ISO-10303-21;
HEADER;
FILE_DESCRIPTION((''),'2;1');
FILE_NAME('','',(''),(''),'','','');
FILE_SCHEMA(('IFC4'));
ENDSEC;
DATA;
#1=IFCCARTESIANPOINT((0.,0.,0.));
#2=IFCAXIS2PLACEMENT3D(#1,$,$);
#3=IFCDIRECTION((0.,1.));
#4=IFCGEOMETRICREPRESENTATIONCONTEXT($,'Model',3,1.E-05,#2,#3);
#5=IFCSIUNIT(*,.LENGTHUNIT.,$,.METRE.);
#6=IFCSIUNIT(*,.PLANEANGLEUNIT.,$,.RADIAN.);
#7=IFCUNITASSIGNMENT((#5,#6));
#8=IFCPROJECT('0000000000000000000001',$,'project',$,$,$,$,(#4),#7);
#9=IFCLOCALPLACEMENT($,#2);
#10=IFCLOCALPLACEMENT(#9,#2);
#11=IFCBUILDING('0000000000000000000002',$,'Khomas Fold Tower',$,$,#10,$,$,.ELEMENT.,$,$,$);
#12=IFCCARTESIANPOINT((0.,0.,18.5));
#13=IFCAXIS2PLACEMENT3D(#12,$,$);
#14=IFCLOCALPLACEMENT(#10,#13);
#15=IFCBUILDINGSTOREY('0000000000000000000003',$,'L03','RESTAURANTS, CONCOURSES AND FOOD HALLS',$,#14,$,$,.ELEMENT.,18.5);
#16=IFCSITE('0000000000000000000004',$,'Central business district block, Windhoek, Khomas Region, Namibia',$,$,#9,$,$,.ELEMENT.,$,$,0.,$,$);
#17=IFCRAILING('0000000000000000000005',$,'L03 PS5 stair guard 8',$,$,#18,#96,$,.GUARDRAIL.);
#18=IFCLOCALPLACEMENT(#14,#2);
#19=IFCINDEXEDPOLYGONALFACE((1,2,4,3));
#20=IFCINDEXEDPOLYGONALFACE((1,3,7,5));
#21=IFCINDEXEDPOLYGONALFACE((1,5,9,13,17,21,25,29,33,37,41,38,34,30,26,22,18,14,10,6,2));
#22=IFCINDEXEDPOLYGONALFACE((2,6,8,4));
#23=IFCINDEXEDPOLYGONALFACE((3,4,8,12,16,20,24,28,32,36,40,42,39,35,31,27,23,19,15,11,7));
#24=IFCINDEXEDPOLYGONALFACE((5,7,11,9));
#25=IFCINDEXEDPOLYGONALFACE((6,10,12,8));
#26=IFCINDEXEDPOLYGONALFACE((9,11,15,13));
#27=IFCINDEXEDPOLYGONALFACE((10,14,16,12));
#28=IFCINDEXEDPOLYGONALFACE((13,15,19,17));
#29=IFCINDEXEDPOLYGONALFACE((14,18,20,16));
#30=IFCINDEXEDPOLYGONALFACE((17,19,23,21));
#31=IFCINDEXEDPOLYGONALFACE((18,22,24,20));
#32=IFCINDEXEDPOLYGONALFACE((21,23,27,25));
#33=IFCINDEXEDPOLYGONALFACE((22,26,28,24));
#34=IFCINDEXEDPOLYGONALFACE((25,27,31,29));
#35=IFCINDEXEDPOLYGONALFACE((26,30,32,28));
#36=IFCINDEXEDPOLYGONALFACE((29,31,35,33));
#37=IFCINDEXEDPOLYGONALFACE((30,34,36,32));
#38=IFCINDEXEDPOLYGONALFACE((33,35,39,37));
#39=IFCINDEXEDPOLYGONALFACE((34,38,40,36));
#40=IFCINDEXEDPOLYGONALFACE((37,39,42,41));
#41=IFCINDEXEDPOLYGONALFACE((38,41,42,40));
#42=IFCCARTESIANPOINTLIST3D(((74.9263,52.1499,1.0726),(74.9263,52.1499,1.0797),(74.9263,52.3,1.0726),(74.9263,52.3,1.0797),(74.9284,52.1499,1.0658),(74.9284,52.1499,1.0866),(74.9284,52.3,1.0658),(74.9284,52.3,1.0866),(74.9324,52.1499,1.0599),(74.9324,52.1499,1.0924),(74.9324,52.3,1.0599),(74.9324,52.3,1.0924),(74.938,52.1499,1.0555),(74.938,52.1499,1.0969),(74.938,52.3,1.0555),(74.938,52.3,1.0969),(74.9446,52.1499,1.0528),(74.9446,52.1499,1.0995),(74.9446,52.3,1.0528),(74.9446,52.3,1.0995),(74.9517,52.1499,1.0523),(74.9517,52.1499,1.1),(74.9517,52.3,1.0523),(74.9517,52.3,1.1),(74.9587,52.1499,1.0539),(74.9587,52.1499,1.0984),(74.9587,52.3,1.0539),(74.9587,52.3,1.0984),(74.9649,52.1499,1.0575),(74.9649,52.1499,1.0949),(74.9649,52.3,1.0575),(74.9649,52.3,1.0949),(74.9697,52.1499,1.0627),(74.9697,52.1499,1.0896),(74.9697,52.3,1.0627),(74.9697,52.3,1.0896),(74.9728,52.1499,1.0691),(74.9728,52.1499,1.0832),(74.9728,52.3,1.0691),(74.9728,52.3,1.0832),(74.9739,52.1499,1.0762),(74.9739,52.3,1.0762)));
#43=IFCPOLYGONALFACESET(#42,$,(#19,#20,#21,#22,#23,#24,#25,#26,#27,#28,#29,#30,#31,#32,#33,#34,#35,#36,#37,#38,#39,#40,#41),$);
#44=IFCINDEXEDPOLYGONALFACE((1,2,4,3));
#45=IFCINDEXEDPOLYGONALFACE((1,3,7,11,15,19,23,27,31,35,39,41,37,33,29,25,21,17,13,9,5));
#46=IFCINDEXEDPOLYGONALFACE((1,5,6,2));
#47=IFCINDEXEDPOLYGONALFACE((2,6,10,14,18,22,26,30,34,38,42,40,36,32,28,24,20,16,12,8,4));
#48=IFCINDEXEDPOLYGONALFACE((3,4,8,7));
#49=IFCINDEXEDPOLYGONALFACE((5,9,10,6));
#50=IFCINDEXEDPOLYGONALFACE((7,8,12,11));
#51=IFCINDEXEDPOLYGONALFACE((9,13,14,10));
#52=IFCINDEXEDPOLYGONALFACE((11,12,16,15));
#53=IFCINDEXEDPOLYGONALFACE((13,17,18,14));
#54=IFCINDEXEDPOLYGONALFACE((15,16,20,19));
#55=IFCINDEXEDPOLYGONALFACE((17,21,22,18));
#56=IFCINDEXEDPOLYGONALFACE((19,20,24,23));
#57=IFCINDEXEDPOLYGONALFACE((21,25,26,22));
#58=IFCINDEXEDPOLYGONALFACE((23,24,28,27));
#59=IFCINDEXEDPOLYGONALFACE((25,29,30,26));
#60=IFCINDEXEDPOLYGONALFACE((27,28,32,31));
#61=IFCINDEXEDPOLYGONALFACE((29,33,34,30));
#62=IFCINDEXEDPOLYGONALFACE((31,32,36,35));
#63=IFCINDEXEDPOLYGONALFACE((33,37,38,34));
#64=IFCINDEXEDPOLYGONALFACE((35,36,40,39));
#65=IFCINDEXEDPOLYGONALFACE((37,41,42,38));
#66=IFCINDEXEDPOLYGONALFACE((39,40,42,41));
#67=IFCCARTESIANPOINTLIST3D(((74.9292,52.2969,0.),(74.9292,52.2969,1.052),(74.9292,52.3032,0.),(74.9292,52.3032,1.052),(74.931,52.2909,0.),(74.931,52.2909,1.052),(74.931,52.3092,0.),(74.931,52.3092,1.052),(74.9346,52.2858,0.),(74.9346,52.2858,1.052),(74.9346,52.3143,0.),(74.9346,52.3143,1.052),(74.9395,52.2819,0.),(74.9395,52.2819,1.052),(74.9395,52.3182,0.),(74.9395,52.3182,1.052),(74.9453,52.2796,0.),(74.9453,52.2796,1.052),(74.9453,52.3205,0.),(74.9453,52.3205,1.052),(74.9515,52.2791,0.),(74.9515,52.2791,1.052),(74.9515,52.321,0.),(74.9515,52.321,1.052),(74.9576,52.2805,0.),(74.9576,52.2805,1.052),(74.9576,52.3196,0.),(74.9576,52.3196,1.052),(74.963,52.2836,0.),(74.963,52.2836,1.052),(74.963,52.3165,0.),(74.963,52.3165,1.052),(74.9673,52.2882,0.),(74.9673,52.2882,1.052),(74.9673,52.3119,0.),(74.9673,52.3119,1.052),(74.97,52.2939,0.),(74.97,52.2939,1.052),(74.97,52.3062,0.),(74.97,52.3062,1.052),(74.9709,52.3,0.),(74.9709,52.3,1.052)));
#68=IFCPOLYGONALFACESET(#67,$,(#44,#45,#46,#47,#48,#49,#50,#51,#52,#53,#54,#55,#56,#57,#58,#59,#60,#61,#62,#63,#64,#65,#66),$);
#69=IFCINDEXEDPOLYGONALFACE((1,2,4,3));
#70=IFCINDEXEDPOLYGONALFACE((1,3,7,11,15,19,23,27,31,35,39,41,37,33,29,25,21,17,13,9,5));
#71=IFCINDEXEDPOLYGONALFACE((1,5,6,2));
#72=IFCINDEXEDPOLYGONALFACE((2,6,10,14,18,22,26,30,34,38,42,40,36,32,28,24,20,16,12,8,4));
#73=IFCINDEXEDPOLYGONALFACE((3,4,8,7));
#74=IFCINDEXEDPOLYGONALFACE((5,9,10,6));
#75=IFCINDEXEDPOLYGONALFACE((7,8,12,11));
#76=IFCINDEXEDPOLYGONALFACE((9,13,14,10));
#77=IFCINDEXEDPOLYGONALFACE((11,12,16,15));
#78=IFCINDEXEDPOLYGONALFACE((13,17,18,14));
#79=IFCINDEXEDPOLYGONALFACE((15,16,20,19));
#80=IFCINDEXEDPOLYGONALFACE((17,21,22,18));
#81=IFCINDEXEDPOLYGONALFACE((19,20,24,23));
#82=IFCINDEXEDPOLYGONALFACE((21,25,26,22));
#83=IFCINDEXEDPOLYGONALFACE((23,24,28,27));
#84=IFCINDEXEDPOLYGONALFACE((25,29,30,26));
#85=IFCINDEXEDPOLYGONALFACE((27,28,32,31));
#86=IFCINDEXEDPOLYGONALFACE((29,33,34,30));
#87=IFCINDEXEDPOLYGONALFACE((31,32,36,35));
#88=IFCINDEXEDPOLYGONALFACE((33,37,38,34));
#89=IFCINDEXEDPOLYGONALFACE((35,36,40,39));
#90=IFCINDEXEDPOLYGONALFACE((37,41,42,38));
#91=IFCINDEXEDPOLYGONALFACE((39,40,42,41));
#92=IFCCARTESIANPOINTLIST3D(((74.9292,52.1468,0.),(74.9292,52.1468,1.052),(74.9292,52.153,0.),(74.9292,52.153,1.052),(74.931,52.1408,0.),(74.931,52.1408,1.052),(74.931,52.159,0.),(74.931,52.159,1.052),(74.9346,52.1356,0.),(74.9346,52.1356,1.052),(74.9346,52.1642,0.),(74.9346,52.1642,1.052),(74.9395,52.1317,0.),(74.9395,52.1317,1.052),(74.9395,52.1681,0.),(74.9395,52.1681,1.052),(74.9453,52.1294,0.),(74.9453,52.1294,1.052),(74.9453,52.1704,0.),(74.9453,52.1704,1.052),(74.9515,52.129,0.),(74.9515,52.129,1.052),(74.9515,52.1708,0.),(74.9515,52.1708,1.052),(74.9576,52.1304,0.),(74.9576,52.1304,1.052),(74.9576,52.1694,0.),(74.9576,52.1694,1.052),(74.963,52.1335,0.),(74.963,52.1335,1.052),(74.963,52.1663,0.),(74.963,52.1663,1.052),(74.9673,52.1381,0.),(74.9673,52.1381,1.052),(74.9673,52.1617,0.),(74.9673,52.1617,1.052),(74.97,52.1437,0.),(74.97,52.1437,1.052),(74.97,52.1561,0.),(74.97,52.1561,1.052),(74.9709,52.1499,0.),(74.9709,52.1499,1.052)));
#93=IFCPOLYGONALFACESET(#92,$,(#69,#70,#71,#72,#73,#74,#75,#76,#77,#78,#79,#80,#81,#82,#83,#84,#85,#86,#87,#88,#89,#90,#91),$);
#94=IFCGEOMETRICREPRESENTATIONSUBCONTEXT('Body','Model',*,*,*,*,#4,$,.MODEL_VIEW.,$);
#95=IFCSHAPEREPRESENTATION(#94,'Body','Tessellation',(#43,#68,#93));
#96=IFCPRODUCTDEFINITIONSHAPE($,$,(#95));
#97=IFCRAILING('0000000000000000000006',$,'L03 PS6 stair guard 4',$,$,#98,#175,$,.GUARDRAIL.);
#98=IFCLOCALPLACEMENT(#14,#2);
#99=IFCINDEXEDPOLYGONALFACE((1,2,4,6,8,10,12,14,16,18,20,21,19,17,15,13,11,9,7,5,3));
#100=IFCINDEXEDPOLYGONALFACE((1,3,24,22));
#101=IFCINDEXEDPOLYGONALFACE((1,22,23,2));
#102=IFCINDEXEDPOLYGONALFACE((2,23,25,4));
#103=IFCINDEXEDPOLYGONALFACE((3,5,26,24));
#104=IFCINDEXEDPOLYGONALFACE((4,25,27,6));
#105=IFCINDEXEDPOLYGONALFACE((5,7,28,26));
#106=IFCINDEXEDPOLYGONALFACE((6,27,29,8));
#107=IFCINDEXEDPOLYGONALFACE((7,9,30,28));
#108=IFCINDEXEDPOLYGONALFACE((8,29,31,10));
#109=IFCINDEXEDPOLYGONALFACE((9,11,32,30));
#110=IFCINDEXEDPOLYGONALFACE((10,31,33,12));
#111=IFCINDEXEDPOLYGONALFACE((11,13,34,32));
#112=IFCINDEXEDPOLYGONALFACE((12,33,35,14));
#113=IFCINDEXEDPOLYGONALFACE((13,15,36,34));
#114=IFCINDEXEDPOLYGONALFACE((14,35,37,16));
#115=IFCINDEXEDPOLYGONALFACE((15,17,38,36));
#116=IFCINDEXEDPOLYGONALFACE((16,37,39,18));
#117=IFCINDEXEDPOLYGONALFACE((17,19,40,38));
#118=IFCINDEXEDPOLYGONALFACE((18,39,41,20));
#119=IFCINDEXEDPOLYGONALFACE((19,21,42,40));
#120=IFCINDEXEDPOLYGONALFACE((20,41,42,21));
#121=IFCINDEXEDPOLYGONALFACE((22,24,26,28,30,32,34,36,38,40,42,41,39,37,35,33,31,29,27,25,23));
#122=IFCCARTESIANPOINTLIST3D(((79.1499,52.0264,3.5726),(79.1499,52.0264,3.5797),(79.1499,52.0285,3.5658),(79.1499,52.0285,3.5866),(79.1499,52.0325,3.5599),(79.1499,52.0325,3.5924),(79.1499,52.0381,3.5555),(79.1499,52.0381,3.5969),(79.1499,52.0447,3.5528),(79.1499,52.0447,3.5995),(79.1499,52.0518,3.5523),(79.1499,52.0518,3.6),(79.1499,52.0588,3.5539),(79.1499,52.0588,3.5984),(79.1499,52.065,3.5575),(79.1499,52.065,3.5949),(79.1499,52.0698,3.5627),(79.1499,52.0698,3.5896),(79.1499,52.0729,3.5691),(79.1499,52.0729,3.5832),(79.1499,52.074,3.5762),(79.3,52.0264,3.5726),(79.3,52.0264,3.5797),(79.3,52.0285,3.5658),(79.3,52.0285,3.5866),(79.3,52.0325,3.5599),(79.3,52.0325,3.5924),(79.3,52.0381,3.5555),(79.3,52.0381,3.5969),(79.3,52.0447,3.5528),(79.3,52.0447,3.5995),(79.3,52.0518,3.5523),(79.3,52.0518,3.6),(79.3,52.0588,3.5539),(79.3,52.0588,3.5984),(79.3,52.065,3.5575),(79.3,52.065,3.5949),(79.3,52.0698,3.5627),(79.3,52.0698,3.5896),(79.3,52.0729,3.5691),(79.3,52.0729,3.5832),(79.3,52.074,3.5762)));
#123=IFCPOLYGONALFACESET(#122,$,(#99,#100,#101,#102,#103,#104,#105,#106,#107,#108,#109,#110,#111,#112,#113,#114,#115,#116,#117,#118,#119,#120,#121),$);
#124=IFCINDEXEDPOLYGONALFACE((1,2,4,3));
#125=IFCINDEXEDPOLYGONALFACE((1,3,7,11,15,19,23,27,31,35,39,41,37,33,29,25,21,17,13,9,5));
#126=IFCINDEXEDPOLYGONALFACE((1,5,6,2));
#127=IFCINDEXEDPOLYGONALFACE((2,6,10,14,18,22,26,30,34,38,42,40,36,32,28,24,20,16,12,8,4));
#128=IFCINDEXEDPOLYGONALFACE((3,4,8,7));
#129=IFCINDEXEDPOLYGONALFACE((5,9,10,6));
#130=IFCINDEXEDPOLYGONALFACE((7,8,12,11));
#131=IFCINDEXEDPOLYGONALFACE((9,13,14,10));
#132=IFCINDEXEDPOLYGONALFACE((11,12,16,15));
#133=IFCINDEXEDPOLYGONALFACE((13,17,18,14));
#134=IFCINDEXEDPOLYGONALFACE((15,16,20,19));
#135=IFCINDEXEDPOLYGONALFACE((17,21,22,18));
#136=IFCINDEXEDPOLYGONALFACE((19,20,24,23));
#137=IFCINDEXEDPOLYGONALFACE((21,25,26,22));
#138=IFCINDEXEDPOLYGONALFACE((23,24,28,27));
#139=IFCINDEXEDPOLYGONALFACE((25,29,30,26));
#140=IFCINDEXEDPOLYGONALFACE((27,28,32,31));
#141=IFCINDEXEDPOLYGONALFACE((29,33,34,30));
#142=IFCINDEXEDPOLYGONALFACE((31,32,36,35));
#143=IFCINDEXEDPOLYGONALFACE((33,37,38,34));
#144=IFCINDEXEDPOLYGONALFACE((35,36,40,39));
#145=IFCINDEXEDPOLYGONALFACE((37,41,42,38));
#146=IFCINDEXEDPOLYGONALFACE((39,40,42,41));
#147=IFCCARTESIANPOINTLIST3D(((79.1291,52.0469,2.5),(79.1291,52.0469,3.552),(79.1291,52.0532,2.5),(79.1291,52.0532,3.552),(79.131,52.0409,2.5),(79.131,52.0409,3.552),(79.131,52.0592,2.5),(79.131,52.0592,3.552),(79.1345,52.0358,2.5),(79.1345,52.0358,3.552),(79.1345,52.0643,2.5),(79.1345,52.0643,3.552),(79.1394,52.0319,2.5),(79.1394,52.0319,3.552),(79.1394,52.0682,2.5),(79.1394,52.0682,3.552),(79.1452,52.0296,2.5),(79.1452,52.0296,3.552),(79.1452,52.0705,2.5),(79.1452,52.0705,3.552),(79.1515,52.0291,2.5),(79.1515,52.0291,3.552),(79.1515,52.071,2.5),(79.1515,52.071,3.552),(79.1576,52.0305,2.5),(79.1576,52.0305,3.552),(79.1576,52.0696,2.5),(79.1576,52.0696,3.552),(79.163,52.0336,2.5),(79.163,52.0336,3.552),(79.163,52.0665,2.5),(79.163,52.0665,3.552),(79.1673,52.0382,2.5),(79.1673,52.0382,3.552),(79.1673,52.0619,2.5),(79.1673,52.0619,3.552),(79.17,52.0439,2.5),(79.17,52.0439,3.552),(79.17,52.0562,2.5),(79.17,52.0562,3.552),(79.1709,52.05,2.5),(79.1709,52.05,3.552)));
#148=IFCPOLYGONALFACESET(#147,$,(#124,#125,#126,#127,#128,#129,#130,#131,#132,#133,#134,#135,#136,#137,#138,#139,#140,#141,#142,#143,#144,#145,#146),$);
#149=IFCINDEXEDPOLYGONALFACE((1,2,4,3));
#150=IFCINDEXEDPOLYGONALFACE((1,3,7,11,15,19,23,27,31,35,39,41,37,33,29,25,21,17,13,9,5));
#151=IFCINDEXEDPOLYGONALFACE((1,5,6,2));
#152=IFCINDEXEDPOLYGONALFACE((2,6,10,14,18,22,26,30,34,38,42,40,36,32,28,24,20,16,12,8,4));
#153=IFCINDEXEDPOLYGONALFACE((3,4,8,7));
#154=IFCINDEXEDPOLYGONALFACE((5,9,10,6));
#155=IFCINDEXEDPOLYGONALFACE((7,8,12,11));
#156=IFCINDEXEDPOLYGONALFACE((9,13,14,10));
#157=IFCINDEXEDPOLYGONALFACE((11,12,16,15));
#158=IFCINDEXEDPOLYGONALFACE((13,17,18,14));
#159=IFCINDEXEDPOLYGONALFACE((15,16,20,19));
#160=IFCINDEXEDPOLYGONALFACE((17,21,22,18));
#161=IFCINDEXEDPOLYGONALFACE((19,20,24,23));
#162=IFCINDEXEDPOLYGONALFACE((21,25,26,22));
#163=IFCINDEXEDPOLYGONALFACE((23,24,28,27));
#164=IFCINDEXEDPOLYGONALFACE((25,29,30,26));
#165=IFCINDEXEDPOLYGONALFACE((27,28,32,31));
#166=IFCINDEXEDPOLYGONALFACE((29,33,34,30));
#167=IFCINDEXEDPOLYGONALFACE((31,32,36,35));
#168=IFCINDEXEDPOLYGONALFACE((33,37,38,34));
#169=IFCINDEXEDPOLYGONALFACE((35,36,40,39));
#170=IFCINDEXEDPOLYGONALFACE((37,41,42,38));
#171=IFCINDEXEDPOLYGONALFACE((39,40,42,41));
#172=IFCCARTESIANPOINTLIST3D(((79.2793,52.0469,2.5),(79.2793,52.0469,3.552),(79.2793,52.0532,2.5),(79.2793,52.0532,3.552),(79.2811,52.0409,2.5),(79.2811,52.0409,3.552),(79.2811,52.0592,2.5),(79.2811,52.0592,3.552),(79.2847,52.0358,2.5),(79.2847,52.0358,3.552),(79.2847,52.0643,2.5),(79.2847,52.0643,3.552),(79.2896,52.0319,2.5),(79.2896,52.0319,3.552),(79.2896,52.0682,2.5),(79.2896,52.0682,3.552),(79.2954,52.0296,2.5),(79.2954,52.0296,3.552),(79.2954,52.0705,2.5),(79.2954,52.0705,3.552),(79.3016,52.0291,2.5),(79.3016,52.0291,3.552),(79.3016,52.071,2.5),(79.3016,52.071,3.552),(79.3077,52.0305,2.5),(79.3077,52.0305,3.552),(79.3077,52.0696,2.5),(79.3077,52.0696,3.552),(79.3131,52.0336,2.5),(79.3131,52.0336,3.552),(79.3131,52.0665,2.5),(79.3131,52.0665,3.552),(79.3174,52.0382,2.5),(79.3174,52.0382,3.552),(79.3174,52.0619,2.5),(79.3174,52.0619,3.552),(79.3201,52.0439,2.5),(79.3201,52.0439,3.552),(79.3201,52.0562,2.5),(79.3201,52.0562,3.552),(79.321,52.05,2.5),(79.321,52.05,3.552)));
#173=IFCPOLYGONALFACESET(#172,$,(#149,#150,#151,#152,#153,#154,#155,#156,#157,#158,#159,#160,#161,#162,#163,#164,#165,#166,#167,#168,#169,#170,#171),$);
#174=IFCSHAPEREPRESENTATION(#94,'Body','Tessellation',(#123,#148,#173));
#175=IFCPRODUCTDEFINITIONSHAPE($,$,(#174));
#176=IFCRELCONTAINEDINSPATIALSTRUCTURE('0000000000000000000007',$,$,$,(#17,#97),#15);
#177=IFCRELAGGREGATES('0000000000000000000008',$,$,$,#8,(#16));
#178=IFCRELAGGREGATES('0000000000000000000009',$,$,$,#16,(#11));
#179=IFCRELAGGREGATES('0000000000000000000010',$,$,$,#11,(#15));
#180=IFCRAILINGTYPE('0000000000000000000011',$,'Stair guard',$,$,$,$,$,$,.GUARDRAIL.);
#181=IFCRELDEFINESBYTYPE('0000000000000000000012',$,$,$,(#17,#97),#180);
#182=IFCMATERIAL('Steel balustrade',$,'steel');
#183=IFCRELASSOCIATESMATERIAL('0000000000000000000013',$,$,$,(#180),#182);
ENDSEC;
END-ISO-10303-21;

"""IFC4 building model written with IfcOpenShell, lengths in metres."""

from ifc_helpers import new_model, si_unit, direction, frame, origin, origin_2d, place, context, subcontext, project, spatial, circle, extrude, source, transform, mapped, material, type_object, element, save


model = new_model("IFC4")

# Units and contexts
model_context = context("Model", 3, precision=1e-05, world=origin(), true_north=direction((0.0, 1.0)))
body_context = subcontext(model_context, "Body", "Model", "MODEL_VIEW")
ifc_project = project(units=[si_unit("LENGTHUNIT", "METRE"), si_unit("PLANEANGLEUNIT", "RADIAN")], contexts=[model_context])

# Site, building, storey
site_placement = place(None, origin())
site = spatial("IfcSite", under=ifc_project, at=site_placement, Name="Central business district block, Windhoek, Khomas Region, Namibia", CompositionType="ELEMENT", RefElevation=0.0)
building_placement = place(site_placement, origin())
building = spatial("IfcBuilding", under=site, at=building_placement, Name="Khomas Fold Tower", CompositionType="ELEMENT")
storey_placement = place(building_placement, frame((0.0, 0.0, 18.5)))
storey = spatial("IfcBuildingStorey", under=building, at=storey_placement, Name="L03", Description="RESTAURANTS, CONCOURSES AND FOOD HALLS", CompositionType="ELEMENT", Elevation=18.5)

# Railings
ifc_material_1 = material(Name="Steel balustrade", Category="steel")
railing_type_1 = type_object("IfcRailingType", Name="Stair guard", PredefinedType="GUARDRAIL", material=ifc_material_1)
shared_shape_1 = source(origin(), body_context, "Body", "SweptSolid", [
    extrude(circle(Radius=0.0239, at=origin_2d()), frame((0.0, 0.0, 1.0762), z_axis=(0.0, -1.0, 0.0), x_axis=(1.0, 0.0, 0.0)), (0.0, 0.0, 1.0), 0.1501),
    extrude(circle(Radius=0.021, at=origin_2d()), origin(), (0.0, 0.0, 1.0), 1.052),
    extrude(circle(Radius=0.021, at=origin_2d()), frame((0.0, -0.1501, 0.0)), (0.0, 0.0, 1.0), 1.052),
])
for number, where, name in (
    (1, (74.95, 52.3, 0.0), "L03 PS5 stair guard 8"),
):
    element("IfcRailing", number, at=place(storey_placement, frame(where)), inside=storey, type_object=railing_type_1, Name=name, PredefinedType="GUARDRAIL", context=body_context, shape_type="MappedRepresentation", body=[
        mapped(shared_shape_1, transform((0.0, 0.0, 0.0))),
    ])
shared_shape_2 = source(origin(), body_context, "Body", "SweptSolid", [
    extrude(circle(Radius=0.0239, at=origin_2d()), frame((0.0, 0.0, 1.0762), z_axis=(1.0, 0.0, 0.0), x_axis=(0.0, 1.0, 0.0)), (0.0, 0.0, 1.0), 0.1501),
    extrude(circle(Radius=0.021, at=origin_2d()), origin(), (0.0, 0.0, 1.0), 1.052),
    extrude(circle(Radius=0.021, at=origin_2d()), frame((0.1501, 0.0, 0.0)), (0.0, 0.0, 1.0), 1.052),
])
for number, where, name in (
    (2, (79.1499, 52.05, 2.5), "L03 PS6 stair guard 4"),
):
    element("IfcRailing", number, at=place(storey_placement, frame(where)), inside=storey, type_object=railing_type_1, Name=name, PredefinedType="GUARDRAIL", context=body_context, shape_type="MappedRepresentation", body=[
        mapped(shared_shape_2, transform((0.0, 0.0, 0.0))),
    ])

save(model, "model.ifc")
